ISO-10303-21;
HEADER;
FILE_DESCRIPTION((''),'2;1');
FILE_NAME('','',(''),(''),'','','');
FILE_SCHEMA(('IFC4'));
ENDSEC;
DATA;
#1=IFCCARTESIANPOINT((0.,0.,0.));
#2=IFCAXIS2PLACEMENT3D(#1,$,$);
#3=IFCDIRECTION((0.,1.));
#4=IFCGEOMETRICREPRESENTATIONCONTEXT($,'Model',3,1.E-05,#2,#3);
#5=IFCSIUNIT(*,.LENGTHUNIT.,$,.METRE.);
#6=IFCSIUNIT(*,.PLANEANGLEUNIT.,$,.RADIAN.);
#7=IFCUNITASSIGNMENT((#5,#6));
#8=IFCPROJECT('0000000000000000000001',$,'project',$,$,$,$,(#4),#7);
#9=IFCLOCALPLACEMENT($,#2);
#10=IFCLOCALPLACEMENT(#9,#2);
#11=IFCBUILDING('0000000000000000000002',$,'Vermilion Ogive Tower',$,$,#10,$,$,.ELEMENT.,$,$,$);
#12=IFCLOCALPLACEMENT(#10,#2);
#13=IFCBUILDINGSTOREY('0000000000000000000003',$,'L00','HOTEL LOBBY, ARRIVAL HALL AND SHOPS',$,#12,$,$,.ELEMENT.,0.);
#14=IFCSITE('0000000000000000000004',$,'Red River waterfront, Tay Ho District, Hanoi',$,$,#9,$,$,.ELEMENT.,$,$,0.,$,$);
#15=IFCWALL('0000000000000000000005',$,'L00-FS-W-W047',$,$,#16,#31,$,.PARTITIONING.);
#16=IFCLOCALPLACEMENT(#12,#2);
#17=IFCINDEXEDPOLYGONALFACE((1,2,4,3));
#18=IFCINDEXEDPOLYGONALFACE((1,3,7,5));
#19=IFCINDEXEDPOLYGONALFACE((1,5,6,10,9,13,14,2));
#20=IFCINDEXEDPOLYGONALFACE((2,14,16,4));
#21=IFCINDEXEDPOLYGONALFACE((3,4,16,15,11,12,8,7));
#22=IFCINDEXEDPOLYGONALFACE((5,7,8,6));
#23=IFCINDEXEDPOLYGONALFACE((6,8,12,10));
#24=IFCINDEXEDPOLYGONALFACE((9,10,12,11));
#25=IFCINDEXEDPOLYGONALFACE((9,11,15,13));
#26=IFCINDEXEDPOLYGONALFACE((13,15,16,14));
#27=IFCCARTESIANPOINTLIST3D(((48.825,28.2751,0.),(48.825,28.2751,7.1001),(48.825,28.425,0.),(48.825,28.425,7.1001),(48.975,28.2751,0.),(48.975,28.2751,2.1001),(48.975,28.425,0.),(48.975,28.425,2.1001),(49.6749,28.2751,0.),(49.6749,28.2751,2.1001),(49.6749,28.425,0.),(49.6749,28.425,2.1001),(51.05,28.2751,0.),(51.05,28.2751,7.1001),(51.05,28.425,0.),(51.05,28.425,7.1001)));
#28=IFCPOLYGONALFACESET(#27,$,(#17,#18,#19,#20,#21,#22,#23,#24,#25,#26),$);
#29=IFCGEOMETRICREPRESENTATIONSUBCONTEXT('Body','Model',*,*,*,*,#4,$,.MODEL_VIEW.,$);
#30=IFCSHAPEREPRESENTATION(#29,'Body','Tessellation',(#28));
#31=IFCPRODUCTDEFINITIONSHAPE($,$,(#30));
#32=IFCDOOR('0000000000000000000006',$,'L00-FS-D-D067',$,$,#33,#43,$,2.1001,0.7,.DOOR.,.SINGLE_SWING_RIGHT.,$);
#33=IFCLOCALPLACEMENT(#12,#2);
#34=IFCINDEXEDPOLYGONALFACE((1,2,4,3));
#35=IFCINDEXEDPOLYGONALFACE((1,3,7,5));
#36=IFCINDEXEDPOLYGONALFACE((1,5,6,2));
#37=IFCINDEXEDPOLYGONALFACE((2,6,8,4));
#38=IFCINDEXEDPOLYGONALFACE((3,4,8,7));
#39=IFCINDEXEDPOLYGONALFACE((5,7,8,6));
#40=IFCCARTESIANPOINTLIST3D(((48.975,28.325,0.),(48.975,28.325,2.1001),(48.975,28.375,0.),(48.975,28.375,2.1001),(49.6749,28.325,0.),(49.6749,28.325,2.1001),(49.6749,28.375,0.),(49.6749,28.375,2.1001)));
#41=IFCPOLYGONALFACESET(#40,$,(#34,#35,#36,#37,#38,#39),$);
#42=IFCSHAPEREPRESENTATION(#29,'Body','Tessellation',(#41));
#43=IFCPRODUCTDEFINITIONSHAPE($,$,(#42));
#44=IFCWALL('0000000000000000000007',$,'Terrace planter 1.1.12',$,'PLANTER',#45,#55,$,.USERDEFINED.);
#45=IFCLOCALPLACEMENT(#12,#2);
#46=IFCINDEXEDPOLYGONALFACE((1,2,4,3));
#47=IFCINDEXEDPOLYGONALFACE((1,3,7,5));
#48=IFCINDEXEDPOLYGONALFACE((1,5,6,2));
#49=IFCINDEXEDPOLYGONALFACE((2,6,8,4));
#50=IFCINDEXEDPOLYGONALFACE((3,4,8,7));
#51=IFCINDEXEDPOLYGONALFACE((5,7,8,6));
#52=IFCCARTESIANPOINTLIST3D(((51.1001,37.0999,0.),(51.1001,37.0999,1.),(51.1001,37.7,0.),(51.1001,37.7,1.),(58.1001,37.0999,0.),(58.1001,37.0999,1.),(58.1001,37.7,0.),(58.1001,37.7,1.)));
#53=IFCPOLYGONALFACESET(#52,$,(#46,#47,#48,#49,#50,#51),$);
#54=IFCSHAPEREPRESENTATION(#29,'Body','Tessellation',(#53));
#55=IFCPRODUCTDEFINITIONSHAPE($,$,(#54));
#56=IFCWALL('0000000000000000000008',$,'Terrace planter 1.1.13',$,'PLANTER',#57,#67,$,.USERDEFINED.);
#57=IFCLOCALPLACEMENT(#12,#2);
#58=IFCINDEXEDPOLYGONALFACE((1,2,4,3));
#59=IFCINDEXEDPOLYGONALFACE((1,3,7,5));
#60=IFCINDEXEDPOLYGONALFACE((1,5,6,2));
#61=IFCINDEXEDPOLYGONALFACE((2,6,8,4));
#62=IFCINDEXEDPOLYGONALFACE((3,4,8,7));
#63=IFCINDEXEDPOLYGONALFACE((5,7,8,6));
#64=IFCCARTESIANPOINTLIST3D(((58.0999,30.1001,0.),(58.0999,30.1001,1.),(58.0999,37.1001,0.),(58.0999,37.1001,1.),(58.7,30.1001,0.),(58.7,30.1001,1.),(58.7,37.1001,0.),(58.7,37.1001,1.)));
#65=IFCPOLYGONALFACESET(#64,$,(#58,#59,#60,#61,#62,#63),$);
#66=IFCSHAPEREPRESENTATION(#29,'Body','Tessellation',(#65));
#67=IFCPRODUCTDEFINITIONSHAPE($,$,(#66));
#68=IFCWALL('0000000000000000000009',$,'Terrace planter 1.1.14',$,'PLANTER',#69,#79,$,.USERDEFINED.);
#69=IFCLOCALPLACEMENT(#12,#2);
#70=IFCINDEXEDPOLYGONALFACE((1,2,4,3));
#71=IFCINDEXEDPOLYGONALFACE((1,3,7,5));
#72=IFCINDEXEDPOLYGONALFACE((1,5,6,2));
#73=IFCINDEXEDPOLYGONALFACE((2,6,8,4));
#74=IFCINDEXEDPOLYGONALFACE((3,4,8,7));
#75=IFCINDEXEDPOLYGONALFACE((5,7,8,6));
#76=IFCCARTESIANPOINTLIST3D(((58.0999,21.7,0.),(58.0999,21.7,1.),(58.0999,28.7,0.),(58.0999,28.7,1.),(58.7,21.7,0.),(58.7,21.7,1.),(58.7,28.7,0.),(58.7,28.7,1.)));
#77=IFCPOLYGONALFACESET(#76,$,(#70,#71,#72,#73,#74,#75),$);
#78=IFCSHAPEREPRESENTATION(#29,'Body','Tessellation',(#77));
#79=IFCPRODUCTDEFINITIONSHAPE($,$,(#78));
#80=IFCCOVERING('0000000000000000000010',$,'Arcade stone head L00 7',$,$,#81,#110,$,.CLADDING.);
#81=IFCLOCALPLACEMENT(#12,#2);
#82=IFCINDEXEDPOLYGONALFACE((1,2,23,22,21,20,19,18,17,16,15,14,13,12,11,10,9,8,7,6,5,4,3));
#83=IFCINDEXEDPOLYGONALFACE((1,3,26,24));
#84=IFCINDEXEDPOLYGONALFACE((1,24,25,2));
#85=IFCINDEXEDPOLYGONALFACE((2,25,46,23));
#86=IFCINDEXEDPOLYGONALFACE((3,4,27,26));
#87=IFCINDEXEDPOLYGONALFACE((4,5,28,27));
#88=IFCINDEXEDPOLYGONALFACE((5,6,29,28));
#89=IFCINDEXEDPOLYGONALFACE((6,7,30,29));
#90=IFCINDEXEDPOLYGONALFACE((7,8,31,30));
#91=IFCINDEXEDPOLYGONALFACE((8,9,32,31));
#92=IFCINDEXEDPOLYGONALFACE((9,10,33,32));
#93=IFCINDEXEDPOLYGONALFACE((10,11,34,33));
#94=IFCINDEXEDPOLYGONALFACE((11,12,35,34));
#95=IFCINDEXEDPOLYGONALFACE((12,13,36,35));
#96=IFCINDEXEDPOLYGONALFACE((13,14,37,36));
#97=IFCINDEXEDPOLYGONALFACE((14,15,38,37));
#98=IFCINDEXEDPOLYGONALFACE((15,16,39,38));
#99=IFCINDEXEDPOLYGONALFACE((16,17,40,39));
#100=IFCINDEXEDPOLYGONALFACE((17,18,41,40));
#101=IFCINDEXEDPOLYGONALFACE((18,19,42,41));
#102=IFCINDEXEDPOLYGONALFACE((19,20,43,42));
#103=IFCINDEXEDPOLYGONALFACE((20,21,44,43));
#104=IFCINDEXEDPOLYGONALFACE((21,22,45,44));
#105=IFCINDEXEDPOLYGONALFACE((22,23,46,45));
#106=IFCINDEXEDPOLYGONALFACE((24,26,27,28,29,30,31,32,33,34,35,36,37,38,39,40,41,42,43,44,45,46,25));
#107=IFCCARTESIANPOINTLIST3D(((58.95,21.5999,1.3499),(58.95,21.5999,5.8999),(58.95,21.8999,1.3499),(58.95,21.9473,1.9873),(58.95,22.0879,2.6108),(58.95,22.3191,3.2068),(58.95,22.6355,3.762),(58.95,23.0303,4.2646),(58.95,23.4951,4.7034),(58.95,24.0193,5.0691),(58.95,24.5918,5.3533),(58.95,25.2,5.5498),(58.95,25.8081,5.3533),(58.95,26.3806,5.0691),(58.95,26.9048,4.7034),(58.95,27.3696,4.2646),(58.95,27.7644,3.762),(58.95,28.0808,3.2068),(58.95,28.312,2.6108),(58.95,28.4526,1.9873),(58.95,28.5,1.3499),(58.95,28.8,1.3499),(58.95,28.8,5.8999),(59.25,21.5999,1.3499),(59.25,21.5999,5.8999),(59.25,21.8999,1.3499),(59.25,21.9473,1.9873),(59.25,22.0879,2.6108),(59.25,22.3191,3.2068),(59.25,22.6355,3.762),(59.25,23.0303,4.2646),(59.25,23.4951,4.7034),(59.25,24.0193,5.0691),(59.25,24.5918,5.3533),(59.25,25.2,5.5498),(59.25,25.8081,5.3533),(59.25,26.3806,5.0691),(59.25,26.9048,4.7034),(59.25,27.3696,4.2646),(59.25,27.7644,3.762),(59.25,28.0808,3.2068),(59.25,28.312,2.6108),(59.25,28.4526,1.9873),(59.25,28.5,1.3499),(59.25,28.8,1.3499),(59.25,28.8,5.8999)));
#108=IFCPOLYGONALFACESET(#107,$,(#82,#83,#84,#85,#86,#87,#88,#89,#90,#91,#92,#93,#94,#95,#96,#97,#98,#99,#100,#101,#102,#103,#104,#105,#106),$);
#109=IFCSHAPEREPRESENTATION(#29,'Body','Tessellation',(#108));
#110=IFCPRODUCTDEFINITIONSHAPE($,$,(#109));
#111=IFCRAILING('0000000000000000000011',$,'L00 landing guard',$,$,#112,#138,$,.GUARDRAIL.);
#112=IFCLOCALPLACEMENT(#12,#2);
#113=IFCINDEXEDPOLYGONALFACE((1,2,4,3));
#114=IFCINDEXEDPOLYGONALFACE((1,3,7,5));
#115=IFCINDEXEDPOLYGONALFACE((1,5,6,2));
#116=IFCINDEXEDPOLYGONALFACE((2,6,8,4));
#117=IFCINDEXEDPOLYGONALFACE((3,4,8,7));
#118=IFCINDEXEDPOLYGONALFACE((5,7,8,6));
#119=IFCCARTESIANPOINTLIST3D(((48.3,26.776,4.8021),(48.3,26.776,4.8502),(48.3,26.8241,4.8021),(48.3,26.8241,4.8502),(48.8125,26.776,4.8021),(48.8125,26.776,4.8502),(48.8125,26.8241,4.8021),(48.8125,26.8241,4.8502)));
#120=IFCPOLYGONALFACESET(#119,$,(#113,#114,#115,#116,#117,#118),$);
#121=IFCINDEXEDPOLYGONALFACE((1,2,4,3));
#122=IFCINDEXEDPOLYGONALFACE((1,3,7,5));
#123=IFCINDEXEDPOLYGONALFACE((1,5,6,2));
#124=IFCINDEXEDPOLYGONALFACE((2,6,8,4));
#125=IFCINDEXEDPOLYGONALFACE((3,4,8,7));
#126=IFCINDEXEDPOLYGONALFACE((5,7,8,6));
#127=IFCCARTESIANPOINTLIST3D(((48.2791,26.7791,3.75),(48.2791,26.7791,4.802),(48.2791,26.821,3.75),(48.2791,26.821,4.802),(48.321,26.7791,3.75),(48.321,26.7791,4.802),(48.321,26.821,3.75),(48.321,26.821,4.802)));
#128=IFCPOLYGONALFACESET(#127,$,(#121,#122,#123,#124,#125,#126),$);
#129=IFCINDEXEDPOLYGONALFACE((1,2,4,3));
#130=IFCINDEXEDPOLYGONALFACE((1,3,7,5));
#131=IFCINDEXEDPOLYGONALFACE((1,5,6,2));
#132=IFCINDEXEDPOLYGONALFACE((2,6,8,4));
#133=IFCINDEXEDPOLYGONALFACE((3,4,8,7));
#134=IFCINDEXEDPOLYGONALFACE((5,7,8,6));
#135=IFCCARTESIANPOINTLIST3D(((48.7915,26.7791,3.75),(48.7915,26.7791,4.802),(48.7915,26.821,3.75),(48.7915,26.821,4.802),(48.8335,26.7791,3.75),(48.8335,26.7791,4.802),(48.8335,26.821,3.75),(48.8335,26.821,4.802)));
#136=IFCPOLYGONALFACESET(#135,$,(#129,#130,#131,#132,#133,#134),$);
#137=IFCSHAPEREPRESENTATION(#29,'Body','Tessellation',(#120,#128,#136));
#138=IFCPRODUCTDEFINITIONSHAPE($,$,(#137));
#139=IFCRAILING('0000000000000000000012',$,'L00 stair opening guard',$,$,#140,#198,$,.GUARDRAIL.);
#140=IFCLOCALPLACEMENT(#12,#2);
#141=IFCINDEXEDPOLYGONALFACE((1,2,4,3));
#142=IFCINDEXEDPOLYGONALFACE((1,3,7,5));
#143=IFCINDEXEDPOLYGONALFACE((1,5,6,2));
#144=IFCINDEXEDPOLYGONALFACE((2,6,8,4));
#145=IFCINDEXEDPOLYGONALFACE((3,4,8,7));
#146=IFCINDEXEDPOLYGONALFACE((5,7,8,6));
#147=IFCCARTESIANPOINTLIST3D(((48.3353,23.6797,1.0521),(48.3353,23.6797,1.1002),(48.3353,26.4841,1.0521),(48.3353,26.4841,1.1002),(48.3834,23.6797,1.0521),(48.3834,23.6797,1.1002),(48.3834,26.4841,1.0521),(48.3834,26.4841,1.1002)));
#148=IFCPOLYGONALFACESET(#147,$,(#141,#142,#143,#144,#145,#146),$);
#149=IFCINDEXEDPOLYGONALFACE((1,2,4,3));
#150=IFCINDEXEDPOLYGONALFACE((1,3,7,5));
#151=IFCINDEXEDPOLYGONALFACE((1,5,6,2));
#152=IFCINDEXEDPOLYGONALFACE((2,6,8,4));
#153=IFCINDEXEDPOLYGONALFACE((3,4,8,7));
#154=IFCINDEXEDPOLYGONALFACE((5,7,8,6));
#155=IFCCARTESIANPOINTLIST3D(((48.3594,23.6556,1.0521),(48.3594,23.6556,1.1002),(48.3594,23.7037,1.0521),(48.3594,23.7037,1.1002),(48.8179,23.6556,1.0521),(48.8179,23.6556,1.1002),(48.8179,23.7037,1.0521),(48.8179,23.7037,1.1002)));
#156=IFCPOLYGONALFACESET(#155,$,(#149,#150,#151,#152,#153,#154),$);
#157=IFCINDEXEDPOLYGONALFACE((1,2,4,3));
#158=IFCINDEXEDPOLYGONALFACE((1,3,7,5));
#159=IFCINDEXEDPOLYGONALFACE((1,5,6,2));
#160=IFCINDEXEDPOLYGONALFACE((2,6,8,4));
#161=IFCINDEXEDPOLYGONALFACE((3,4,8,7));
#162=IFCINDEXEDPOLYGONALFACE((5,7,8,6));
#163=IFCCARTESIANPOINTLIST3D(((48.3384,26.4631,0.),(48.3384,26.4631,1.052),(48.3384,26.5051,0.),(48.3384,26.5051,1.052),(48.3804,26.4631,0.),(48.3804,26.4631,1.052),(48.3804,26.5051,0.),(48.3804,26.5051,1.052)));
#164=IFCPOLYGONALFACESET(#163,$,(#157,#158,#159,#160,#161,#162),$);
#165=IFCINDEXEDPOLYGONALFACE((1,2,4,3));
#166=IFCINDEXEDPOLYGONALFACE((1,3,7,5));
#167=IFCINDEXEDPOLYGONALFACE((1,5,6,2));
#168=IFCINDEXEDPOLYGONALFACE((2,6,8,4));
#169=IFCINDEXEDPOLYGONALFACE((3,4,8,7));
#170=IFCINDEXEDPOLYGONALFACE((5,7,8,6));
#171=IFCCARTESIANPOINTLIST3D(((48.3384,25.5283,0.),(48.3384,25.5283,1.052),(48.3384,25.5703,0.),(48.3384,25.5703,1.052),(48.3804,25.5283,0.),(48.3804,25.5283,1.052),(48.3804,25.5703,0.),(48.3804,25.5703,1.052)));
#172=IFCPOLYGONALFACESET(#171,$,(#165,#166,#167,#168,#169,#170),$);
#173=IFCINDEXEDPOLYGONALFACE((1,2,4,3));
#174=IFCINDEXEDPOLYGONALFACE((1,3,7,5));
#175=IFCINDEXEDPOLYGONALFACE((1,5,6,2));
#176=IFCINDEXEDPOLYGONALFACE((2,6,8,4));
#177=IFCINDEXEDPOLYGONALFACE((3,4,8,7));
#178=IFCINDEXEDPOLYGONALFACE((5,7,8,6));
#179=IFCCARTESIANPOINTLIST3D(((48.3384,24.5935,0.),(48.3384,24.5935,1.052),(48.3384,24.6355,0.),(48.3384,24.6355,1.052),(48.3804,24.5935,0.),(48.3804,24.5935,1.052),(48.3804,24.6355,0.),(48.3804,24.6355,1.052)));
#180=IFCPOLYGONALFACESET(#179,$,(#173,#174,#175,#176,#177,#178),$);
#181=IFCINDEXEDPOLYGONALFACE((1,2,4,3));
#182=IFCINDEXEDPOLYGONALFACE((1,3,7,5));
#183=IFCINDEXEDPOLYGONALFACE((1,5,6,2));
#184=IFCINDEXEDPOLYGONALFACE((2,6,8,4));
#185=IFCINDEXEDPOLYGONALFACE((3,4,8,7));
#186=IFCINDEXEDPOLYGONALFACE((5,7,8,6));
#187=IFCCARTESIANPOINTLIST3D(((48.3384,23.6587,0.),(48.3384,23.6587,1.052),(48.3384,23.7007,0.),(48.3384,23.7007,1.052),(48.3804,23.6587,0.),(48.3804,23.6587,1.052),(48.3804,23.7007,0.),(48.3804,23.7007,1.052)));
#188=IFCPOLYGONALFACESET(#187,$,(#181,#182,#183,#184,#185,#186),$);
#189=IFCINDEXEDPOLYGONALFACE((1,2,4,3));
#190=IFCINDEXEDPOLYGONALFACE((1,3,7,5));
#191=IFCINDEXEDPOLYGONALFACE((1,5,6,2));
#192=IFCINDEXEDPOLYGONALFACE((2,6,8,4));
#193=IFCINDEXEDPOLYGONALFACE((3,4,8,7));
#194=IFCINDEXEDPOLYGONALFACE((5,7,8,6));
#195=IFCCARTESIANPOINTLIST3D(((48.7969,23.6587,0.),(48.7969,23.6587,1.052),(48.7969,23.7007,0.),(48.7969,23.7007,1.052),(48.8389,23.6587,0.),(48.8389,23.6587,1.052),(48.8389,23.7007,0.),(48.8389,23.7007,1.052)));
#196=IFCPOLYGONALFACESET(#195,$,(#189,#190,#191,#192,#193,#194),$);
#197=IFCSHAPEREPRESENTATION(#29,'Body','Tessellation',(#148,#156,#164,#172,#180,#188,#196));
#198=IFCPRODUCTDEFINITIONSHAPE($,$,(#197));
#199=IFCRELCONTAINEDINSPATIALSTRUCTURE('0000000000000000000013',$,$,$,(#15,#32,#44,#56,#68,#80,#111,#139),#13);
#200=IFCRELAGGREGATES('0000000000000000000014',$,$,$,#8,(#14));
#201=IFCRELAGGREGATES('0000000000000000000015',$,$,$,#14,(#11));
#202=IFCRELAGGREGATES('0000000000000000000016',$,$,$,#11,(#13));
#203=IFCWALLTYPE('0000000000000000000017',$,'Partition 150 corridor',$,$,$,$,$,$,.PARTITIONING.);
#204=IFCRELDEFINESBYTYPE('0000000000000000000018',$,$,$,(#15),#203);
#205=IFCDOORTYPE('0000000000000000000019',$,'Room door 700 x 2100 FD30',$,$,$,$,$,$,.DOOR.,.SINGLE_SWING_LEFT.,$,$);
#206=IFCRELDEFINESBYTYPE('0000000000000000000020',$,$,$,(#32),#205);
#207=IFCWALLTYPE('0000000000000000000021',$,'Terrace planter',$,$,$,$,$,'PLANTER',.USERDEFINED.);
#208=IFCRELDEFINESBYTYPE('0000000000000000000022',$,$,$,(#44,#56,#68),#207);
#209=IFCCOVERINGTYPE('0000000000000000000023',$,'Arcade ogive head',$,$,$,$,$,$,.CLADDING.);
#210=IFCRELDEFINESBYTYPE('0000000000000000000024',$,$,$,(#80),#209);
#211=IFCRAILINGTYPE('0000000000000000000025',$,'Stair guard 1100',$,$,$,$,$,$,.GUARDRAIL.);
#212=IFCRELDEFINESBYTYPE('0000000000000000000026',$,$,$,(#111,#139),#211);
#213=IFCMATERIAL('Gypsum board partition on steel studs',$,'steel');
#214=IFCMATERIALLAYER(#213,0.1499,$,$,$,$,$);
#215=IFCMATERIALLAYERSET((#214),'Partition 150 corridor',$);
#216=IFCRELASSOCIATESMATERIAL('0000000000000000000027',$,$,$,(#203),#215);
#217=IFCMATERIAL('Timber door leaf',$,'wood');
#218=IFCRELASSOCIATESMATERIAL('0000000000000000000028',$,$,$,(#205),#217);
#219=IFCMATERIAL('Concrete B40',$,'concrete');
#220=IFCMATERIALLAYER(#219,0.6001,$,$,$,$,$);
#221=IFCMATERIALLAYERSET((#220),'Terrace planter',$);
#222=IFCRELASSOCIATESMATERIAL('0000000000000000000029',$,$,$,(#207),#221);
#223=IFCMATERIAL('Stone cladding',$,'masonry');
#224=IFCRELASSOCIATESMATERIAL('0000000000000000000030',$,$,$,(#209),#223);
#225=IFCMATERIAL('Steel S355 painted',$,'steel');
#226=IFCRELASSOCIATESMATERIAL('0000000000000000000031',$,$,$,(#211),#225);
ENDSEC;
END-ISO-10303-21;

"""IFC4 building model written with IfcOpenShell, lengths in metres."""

from ifc_helpers import new_model, si_unit, direction, frame, frame_2d, origin, origin_2d, place, context, subcontext, project, spatial, polyline, rectangle, outline, extrude, material, layer, layer_set, type_object, element, fill, save


model = new_model("IFC4")

# Units and contexts
model_context = context("Model", 3, precision=1e-05, world=origin(), true_north=direction((0.0, 1.0)))
body_context = subcontext(model_context, "Body", "Model", "MODEL_VIEW")
ifc_project = project(units=[si_unit("LENGTHUNIT", "METRE"), si_unit("PLANEANGLEUNIT", "RADIAN")], contexts=[model_context])

# Site, building, storey
site_placement = place(None, origin())
site = spatial("IfcSite", under=ifc_project, at=site_placement, Name="Red River waterfront, Tay Ho District, Hanoi", CompositionType="ELEMENT", RefElevation=0.0)
building_placement = place(site_placement, origin())
building = spatial("IfcBuilding", under=site, at=building_placement, Name="Vermilion Ogive Tower", CompositionType="ELEMENT")
storey_placement = place(building_placement, origin())
storey = spatial("IfcBuildingStorey", under=building, at=storey_placement, Name="L00", Description="HOTEL LOBBY, ARRIVAL HALL AND SHOPS", CompositionType="ELEMENT", Elevation=0.0)

# Wall, opening, door
ifc_material_1 = material(Name="Gypsum board partition on steel studs", Category="steel")
ifc_layer_1 = layer(ifc_material_1, 0.1499)
ifc_layer_set_1 = layer_set([ifc_layer_1], Name="Partition 150 corridor")
wall_type_1 = type_object("IfcWallType", Name="Partition 150 corridor", PredefinedType="PARTITIONING", material=ifc_layer_set_1)
wall_1_placement = place(storey_placement, frame((48.825, 28.3501, 0.0), z_axis=(0.0, 0.0, 1.0), x_axis=(1.0, 0.0, 0.0)))
wall_1 = element("IfcWall", 1, at=wall_1_placement, inside=storey, type_object=wall_type_1, Name="L00-FS-W-W047", PredefinedType="PARTITIONING", context=body_context, shape_type="SweptSolid", body=[
    extrude(rectangle(XDim=2.2251, YDim=0.1499, at=frame_2d((1.1125, 0.0))), origin(), (0.0, 0.0, 1.0), 7.1001),
])
opening_1_placement = place(wall_1_placement, frame((0.1499, 0.0, 0.0)))
opening_1 = element("IfcOpeningElement", 2, at=opening_1_placement, cuts=wall_1, PredefinedType="OPENING", context=body_context, shape_type="SweptSolid", body=[
    extrude(rectangle(XDim=0.7, YDim=2.1001, at=frame_2d((0.3501, 1.05))), frame((0.0, 0.085, 0.0), z_axis=(0.0, -1.0, 0.0), x_axis=(1.0, 0.0, 0.0)), (0.0, 0.0, 1.0), 0.1699),
])
ifc_material_2 = material(Name="Timber door leaf", Category="wood")
door_type_1 = type_object("IfcDoorType", Name="Room door 700 x 2100 FD30", OperationType="SINGLE_SWING_LEFT", PredefinedType="DOOR", material=ifc_material_2)
door_1_placement = place(opening_1_placement, origin())
door_1 = element("IfcDoor", 3, at=door_1_placement, inside=storey, type_object=door_type_1, Name="L00-FS-D-D067", OperationType="SINGLE_SWING_RIGHT", OverallHeight=2.1001, OverallWidth=0.7, PredefinedType="DOOR", context=body_context, shape_type="SweptSolid", body=[
    extrude(rectangle(XDim=0.7, YDim=2.1001, at=frame_2d((0.3501, 1.05))), frame((0.0, 0.0249, 0.0), z_axis=(0.0, -1.0, 0.0), x_axis=(1.0, 0.0, 0.0)), (0.0, 0.0, 1.0), 0.05),
])
fill(opening_1, door_1)

# Walls
ifc_material_3 = material(Name="Concrete B40", Category="concrete")
ifc_layer_2 = layer(ifc_material_3, 0.6001)
ifc_layer_set_2 = layer_set([ifc_layer_2], Name="Terrace planter")
wall_type_2 = type_object("IfcWallType", Name="Terrace planter", ElementType="PLANTER", PredefinedType="USERDEFINED", material=ifc_layer_set_2)
for number, where, z_axis, x_axis, name in (
    (4, (51.1001, 37.3999, 0.0), (0.0, 0.0, 1.0), (1.0, 0.0, 0.0), "Terrace planter 1.1.12"),
    (5, (58.3999, 37.1001, 0.0), (0.0, 0.0, 1.0), (0.0, -1.0, 0.0), "Terrace planter 1.1.13"),
    (6, (58.3999, 28.7, 0.0), (0.0, 0.0, 1.0), (0.0, -1.0, 0.0), "Terrace planter 1.1.14"),
):
    element("IfcWall", number, at=place(storey_placement, frame(where, z_axis=z_axis, x_axis=x_axis)), inside=storey, type_object=wall_type_2, Name=name, ObjectType="PLANTER", PredefinedType="USERDEFINED", context=body_context, shape_type="SweptSolid", body=[
        extrude(rectangle(XDim=7.0, YDim=0.6001, at=frame_2d((3.5, 0.0))), origin(), (0.0, 0.0, 1.0), 1.0),
    ])

# Covering
ifc_material_4 = material(Name="Stone cladding", Category="masonry")
covering_type = type_object("IfcCoveringType", Name="Arcade ogive head", PredefinedType="CLADDING", material=ifc_material_4)
covering_placement = place(storey_placement, frame((58.95, 25.2, 5.8999), z_axis=(1.0, 0.0, 0.0), x_axis=(0.0, 1.0, 0.0)))
element("IfcCovering", 7, at=covering_placement, inside=storey, type_object=covering_type, Name="Arcade stone head L00 7", PredefinedType="CLADDING", context=body_context, shape_type="SweptSolid", body=[
    extrude(outline(polyline([(-3.3, -4.55), (-3.2527, -3.9126), (-3.1121, -3.2891), (-2.8809, -2.6931), (-2.5645, -2.1379), (-2.1697, -1.6353), (-1.7048, -1.1965), (-1.1807, -0.8308), (-0.6082, -0.5466), (0.0, -0.3501), (0.6082, -0.5466), (1.1807, -0.8308), (1.7048, -1.1965), (2.1697, -1.6353), (2.5645, -2.1379), (2.8809, -2.6931), (3.1121, -3.2891), (3.2527, -3.9126), (3.3, -4.55), (3.6001, -4.55), (3.6001, 0.0), (-3.6001, 0.0), (-3.6001, -4.55), (-3.3, -4.55)])), origin(), (0.0, 0.0, 1.0), 0.3),
])

# Railings
ifc_material_5 = material(Name="Steel S355 painted", Category="steel")
railing_type_1 = type_object("IfcRailingType", Name="Stair guard 1100", PredefinedType="GUARDRAIL", material=ifc_material_5)
railing_1_placement = place(storey_placement, frame((48.3, 26.8, 3.75)))
element("IfcRailing", 8, at=railing_1_placement, inside=storey, type_object=railing_type_1, Name="L00 landing guard", PredefinedType="GUARDRAIL", context=body_context, shape_type="SweptSolid", body=[
    extrude(rectangle(XDim=0.0481, YDim=0.0481, at=origin_2d()), frame((0.0, 0.0, 1.0762), z_axis=(1.0, 0.0, 0.0), x_axis=(0.0, 1.0, 0.0)), (0.0, 0.0, 1.0), 0.5125),
    extrude(rectangle(XDim=0.042, YDim=0.042, at=origin_2d()), origin(), (0.0, 0.0, 1.0), 1.052),
    extrude(rectangle(XDim=0.042, YDim=0.042, at=origin_2d()), frame((0.5125, 0.0, 0.0)), (0.0, 0.0, 1.0), 1.052),
])
railing_2_placement = place(storey_placement, frame((48.3594, 26.4841, 0.0)))
element("IfcRailing", 9, at=railing_2_placement, inside=storey, type_object=railing_type_1, Name="L00 stair opening guard", PredefinedType="GUARDRAIL", context=body_context, shape_type="SweptSolid", body=[
    extrude(rectangle(XDim=0.0481, YDim=0.0481, at=origin_2d()), frame((0.0, 0.0, 1.0762), z_axis=(0.0, -1.0, 0.0), x_axis=(1.0, 0.0, 0.0)), (0.0, 0.0, 1.0), 2.8044),
    extrude(rectangle(XDim=0.0481, YDim=0.0481, at=origin_2d()), frame((0.0, -2.8044, 1.0762), z_axis=(1.0, 0.0, 0.0), x_axis=(0.0, 1.0, 0.0)), (0.0, 0.0, 1.0), 0.4585),
    extrude(rectangle(XDim=0.042, YDim=0.042, at=origin_2d()), origin(), (0.0, 0.0, 1.0), 1.052),
    extrude(rectangle(XDim=0.042, YDim=0.042, at=origin_2d()), frame((0.0, -0.9348, 0.0)), (0.0, 0.0, 1.0), 1.052),
    extrude(rectangle(XDim=0.042, YDim=0.042, at=origin_2d()), frame((0.0, -1.8696, 0.0)), (0.0, 0.0, 1.0), 1.052),
    extrude(rectangle(XDim=0.042, YDim=0.042, at=origin_2d()), frame((0.0, -2.8044, 0.0)), (0.0, 0.0, 1.0), 1.052),
    extrude(rectangle(XDim=0.042, YDim=0.042, at=origin_2d()), frame((0.4585, -2.8044, 0.0)), (0.0, 0.0, 1.0), 1.052),
])

save(model, "model.ifc")
